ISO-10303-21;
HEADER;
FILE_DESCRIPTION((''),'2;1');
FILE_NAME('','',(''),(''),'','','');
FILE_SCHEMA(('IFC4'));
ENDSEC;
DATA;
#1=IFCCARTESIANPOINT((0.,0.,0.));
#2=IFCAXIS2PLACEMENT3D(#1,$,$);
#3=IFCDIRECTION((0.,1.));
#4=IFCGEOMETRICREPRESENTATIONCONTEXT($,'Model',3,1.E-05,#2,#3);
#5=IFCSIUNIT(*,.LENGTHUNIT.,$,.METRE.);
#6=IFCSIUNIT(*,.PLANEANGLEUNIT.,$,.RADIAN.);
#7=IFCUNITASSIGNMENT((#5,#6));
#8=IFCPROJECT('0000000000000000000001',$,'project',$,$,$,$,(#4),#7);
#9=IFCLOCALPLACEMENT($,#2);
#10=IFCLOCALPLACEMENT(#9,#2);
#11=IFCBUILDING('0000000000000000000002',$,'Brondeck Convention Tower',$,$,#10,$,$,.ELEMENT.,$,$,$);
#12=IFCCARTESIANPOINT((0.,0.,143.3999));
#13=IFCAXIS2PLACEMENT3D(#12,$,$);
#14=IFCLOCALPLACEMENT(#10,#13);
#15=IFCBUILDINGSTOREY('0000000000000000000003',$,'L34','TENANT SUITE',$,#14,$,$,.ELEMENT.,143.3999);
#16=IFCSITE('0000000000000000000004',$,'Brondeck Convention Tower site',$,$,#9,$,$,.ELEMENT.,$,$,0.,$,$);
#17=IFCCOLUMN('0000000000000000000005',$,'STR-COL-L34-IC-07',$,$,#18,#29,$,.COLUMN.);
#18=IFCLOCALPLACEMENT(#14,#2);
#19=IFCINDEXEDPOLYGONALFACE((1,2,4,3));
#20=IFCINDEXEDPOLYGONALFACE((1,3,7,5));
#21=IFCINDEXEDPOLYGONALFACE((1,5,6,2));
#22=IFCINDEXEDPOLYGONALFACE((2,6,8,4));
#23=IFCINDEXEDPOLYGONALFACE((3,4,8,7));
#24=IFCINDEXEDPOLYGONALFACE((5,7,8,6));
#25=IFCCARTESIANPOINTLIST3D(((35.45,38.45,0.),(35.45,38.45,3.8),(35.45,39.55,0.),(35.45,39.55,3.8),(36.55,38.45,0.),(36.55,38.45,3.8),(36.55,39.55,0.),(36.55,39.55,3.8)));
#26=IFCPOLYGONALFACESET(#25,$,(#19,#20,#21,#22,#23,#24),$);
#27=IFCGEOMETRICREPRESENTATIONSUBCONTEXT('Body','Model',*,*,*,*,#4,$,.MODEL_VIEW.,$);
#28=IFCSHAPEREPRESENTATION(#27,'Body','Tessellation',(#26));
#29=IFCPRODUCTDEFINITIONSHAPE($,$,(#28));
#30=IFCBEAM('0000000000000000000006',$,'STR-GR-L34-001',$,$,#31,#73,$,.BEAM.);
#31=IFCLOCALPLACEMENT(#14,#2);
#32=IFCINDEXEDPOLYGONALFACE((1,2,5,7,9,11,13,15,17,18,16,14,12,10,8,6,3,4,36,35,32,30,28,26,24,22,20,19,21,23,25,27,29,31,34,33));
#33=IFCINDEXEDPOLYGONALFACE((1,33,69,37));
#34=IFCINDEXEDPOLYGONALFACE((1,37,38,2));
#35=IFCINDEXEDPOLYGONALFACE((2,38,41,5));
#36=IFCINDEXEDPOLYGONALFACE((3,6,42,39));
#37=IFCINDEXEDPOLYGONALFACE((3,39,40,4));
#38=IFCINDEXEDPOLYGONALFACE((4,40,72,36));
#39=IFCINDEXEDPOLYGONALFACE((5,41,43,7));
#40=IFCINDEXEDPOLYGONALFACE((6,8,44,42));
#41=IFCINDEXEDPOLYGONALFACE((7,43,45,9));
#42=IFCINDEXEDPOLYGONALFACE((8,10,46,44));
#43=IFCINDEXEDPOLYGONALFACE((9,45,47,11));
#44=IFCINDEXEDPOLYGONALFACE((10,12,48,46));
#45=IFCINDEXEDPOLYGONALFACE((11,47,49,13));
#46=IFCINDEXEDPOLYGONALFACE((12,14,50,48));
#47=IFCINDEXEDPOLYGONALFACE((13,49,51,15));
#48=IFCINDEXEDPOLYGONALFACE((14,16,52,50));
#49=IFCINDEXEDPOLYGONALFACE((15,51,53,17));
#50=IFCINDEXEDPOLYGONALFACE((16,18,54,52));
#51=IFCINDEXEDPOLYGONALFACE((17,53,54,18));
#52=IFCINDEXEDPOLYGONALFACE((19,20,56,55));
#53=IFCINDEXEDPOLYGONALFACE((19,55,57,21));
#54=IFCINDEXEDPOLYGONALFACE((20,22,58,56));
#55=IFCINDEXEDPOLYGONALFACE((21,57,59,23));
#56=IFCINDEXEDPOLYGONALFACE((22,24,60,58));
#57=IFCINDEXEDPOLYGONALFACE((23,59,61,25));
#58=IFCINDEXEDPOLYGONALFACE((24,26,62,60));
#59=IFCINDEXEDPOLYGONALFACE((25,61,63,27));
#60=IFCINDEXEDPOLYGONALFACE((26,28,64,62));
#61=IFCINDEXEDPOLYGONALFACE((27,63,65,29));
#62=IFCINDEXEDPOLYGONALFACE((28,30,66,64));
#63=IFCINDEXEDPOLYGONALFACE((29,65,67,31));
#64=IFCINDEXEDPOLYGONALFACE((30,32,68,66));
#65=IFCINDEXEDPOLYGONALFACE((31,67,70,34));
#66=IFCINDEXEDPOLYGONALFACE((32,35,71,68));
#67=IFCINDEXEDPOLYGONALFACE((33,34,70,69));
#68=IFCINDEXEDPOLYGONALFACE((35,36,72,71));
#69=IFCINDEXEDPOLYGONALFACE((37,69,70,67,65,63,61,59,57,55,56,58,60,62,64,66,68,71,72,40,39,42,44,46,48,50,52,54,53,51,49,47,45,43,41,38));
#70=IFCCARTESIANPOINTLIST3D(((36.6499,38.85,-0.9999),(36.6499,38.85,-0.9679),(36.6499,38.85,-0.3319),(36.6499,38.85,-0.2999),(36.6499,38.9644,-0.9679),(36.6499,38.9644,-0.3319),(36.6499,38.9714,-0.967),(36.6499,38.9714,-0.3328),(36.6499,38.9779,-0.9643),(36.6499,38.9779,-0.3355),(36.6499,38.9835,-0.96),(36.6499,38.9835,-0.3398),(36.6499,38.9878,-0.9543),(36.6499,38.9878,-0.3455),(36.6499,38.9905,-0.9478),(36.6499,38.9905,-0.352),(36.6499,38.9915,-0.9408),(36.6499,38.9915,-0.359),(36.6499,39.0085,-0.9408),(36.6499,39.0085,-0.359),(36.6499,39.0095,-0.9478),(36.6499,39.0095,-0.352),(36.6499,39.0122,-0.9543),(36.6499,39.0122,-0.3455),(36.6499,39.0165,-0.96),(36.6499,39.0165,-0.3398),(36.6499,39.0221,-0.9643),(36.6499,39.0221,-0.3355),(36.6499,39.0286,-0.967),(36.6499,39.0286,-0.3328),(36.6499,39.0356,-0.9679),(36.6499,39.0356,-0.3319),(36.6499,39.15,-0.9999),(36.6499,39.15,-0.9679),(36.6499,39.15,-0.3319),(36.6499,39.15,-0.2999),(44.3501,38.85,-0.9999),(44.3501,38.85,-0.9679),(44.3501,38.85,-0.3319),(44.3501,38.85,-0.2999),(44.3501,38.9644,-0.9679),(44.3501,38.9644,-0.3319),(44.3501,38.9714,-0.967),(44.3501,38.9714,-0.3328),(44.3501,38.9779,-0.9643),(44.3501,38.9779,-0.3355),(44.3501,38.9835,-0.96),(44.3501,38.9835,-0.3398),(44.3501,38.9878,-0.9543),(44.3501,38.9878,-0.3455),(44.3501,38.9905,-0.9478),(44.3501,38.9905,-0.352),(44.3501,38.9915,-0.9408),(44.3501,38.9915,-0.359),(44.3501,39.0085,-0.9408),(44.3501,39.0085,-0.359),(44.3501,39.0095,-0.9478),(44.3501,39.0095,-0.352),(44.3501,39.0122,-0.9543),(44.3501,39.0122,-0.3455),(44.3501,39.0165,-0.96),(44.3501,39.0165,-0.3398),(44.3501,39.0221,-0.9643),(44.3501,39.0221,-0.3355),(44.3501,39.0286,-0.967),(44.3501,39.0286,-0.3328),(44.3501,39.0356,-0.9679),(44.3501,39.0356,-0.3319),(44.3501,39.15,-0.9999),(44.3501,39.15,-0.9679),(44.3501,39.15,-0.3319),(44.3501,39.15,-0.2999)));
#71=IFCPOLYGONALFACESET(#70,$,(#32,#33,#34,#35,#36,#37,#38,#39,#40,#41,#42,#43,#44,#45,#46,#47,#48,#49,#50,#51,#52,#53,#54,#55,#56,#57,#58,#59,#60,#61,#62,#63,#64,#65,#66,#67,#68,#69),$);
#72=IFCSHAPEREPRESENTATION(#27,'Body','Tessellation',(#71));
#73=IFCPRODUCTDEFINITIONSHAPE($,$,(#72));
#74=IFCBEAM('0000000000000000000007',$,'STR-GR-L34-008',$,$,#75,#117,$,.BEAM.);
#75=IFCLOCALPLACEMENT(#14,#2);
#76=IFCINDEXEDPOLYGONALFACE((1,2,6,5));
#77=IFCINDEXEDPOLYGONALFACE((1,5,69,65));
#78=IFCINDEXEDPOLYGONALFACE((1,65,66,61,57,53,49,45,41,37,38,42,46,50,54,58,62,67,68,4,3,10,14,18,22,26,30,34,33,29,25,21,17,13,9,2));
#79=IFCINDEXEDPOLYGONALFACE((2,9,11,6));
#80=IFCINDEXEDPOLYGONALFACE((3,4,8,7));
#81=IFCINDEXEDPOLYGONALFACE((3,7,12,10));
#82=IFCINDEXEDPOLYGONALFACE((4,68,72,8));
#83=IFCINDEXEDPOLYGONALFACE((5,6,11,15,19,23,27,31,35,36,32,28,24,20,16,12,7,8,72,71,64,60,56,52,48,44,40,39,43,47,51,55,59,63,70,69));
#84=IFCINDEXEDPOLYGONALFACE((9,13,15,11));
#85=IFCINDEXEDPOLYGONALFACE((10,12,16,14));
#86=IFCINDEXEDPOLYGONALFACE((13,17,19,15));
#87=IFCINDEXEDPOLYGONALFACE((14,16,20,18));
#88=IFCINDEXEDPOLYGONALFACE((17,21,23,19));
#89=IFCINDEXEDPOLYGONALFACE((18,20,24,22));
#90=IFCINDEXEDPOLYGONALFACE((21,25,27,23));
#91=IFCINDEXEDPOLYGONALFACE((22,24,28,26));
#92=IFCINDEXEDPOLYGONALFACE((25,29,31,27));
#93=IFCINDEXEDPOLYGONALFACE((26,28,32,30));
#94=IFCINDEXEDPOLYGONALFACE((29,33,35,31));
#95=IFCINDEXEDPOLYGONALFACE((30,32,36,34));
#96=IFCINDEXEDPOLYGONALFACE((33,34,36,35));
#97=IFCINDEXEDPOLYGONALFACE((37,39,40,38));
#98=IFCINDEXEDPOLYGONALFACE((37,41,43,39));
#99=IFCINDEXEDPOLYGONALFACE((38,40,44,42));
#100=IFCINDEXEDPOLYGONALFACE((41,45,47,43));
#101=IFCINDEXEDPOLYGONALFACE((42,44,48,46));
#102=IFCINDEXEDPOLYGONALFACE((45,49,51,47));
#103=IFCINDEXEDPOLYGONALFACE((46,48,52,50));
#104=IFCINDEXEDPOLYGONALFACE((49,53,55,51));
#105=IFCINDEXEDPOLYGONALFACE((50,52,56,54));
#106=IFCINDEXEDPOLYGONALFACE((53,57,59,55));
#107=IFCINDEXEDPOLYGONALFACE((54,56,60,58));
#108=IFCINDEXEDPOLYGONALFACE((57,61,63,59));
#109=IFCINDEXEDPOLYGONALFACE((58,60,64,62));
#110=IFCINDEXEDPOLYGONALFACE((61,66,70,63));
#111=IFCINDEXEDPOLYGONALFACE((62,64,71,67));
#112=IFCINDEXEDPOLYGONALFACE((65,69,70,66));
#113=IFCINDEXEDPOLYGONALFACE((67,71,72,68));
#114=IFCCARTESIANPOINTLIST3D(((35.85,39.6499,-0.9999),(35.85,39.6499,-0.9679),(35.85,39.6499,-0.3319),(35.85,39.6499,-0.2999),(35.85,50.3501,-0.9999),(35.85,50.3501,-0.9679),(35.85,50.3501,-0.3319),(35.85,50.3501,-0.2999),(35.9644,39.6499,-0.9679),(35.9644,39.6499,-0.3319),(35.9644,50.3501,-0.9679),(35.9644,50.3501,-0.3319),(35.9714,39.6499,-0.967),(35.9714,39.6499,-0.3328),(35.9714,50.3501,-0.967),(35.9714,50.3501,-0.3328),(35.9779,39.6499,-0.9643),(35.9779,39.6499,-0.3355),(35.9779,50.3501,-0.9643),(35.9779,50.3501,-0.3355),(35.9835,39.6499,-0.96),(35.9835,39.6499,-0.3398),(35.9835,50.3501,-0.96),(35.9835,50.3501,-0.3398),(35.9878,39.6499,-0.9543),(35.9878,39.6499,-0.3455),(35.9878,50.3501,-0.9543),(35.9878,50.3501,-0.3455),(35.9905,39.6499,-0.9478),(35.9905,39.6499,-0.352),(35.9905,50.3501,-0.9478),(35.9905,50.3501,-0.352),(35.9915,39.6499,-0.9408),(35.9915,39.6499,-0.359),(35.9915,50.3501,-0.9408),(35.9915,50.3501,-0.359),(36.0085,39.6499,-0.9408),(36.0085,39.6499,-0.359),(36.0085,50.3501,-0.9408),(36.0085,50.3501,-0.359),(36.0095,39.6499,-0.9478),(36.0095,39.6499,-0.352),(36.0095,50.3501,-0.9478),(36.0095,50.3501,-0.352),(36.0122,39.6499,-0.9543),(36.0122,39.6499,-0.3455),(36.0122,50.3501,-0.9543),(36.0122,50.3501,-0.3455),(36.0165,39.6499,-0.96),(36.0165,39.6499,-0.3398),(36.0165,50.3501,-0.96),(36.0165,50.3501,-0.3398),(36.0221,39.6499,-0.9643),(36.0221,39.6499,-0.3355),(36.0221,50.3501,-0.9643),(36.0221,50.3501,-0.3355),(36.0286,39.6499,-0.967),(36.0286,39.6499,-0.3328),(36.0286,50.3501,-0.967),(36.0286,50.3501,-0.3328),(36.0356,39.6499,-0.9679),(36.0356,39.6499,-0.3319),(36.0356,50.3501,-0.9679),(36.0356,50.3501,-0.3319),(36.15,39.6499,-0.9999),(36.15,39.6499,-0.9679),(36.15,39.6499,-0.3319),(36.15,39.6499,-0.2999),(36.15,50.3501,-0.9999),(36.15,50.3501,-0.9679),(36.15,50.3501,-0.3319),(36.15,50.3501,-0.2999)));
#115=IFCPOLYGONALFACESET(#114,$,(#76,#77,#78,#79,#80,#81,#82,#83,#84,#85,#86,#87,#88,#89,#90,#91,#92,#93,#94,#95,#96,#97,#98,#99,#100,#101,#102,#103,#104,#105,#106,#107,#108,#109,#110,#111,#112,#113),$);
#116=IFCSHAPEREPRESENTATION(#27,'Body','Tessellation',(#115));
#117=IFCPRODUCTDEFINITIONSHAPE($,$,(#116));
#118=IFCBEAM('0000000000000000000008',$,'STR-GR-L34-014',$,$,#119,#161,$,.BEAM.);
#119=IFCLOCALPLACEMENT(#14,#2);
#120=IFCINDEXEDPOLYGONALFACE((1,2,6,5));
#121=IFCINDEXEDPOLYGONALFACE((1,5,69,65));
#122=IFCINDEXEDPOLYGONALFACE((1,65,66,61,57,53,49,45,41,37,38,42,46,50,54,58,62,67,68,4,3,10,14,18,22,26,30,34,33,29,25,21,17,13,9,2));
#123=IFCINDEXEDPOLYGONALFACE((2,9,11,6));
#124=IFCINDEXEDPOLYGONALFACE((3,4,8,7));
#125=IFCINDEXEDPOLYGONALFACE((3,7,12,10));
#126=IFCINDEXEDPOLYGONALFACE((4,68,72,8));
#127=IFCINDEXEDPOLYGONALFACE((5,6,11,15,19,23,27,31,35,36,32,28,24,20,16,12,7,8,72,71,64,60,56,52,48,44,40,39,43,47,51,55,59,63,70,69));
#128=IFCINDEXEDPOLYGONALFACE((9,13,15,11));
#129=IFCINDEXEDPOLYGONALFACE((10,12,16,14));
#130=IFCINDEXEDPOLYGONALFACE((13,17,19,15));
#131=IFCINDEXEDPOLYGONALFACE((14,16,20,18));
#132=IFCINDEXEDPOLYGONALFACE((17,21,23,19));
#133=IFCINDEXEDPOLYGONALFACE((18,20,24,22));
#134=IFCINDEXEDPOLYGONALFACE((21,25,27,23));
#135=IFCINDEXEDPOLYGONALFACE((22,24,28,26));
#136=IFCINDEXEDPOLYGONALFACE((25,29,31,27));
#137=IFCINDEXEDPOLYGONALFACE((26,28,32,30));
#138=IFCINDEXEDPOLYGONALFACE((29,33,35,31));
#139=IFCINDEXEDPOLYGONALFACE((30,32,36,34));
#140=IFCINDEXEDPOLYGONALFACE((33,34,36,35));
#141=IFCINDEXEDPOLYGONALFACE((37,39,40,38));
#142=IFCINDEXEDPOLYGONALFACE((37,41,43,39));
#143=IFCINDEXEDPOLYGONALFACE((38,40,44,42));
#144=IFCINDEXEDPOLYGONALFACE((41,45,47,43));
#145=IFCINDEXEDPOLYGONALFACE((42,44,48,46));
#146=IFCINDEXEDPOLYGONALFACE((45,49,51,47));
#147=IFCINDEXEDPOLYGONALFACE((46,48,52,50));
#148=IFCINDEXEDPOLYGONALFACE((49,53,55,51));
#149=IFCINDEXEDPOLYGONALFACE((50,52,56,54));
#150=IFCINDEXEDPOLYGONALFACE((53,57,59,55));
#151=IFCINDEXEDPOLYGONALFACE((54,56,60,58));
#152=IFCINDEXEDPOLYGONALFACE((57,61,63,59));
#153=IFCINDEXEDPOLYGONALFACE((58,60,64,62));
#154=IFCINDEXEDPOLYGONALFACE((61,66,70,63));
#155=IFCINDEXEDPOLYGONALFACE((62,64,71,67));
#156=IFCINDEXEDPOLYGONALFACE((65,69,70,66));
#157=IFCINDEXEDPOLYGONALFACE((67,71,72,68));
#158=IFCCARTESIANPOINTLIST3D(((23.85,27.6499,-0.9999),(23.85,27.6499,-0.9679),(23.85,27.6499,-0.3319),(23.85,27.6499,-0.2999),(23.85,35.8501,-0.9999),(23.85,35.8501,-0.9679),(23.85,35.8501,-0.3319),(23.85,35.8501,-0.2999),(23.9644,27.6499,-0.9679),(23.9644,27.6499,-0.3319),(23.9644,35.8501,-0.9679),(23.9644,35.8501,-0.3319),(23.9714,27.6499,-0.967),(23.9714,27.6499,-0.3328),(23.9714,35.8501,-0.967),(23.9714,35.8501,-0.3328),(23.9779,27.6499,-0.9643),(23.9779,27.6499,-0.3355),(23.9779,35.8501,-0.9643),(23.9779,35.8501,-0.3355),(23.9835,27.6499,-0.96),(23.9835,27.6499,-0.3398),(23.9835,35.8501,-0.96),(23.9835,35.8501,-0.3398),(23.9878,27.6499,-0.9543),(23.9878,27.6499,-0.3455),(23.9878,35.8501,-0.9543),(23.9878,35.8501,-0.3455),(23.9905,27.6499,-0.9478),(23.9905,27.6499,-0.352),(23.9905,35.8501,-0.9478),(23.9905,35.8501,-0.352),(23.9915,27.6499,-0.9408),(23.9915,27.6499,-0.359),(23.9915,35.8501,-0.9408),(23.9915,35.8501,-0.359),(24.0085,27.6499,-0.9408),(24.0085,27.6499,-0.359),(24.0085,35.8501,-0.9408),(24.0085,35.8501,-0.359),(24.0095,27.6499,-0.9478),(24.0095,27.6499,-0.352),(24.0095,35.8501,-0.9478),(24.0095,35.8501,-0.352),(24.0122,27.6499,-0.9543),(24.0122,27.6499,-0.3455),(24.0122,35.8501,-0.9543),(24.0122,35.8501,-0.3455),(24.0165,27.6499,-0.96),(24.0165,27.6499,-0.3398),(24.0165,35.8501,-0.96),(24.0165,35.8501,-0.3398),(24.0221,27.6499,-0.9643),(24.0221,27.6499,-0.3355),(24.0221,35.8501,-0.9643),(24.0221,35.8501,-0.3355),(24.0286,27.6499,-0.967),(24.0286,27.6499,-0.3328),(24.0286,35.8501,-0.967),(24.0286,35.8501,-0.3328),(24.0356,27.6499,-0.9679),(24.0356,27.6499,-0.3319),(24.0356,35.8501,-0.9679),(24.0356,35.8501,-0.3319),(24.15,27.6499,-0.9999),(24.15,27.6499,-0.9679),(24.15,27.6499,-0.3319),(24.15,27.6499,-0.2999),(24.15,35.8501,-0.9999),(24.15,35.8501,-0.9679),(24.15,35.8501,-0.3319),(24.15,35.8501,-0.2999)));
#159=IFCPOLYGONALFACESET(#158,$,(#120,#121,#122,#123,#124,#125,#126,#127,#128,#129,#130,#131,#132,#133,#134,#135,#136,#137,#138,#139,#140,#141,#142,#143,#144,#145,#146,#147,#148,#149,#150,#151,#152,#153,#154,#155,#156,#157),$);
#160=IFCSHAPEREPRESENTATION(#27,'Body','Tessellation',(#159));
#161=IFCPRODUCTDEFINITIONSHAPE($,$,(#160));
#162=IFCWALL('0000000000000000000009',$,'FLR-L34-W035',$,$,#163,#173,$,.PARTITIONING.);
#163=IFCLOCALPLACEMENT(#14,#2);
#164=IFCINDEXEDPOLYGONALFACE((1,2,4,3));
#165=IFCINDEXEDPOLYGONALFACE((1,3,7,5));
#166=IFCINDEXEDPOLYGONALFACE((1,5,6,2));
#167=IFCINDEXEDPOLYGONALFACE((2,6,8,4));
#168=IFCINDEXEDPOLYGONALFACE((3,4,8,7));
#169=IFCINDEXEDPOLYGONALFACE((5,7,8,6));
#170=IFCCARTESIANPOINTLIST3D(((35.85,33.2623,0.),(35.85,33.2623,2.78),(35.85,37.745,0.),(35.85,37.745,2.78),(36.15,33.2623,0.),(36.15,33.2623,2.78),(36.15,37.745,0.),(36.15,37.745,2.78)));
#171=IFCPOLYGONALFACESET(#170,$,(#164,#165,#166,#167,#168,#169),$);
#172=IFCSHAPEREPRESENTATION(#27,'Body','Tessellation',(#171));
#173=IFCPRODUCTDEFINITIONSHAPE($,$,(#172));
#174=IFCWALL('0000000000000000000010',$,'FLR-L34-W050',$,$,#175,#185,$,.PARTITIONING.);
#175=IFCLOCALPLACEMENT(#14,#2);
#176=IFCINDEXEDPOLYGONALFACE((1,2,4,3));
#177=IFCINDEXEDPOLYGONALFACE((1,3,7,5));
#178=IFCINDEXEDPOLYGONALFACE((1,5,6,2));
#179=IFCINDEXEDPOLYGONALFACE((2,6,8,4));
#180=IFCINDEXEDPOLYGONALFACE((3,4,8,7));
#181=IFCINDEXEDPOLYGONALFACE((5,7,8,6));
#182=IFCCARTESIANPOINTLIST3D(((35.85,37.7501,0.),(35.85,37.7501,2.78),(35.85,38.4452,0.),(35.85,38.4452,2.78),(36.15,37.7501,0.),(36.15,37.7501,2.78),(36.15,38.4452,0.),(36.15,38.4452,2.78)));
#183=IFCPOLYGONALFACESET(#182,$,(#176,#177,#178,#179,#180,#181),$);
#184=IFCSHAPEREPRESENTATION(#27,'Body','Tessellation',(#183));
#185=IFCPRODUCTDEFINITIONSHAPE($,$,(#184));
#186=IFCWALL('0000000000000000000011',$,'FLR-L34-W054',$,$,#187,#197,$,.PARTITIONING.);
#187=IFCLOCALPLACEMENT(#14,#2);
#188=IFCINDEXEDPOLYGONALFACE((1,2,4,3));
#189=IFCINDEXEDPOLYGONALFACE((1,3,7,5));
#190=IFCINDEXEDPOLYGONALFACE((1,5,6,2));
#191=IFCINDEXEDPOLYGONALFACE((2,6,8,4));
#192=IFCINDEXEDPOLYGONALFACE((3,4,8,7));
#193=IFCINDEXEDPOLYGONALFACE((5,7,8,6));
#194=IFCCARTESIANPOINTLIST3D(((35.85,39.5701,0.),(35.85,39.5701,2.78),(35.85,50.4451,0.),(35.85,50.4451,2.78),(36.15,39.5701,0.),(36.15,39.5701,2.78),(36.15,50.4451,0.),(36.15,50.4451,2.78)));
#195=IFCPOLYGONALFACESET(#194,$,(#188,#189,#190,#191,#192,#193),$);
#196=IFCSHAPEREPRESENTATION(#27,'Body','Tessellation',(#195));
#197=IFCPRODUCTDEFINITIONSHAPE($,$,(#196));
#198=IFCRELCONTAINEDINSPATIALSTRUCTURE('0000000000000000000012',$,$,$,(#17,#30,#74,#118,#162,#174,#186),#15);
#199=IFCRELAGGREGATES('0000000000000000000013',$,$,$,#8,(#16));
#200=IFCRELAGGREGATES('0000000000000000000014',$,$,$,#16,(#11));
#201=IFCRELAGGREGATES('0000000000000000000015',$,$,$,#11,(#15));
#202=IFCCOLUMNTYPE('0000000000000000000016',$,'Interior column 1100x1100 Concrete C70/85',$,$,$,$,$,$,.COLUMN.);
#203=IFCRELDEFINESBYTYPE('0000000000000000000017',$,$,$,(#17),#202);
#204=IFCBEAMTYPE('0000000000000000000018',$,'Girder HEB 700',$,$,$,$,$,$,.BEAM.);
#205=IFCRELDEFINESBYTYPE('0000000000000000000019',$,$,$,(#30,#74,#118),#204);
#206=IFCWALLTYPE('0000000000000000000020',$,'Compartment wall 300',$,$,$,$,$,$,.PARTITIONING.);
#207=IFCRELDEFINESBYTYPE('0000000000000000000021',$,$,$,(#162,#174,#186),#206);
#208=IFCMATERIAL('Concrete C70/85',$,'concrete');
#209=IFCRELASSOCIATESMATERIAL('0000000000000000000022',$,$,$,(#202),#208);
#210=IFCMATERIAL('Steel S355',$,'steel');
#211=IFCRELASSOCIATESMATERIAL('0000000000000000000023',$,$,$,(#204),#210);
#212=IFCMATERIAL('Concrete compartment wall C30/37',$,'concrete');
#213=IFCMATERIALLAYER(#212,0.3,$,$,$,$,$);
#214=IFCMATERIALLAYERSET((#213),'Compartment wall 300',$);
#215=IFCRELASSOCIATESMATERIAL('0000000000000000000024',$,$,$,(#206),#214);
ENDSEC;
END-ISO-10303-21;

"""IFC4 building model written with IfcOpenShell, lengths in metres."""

from ifc_helpers import new_model, si_unit, direction, frame, frame_2d, origin, origin_2d, place, context, subcontext, project, spatial, rectangle, i_section, extrude, material, layer, layer_set, material_profile, profile_set, type_object, element, save


model = new_model("IFC4")

# Units and contexts
model_context = context("Model", 3, precision=1e-05, world=origin(), true_north=direction((0.0, 1.0)))
body_context = subcontext(model_context, "Body", "Model", "MODEL_VIEW")
ifc_project = project(units=[si_unit("LENGTHUNIT", "METRE"), si_unit("PLANEANGLEUNIT", "RADIAN")], contexts=[model_context])

# Site, building, storey
site_placement = place(None, origin())
site = spatial("IfcSite", under=ifc_project, at=site_placement, Name="Brondeck Convention Tower site", CompositionType="ELEMENT", RefElevation=0.0)
building_placement = place(site_placement, origin())
building = spatial("IfcBuilding", under=site, at=building_placement, Name="Brondeck Convention Tower", CompositionType="ELEMENT")
storey_placement = place(building_placement, frame((0.0, 0.0, 143.3999)))
storey = spatial("IfcBuildingStorey", under=building, at=storey_placement, Name="L34", Description="TENANT SUITE", CompositionType="ELEMENT", Elevation=143.3999)

# Column
ifc_material_1 = material(Name="Concrete C70/85", Category="concrete")
ifc_material_profile_1 = material_profile(ifc_material_1, rectangle(XDim=1.1001, YDim=1.1001, at=origin_2d()), Name="Interior column 1100x1100 Concrete C70/85")
ifc_profile_set_1 = profile_set([ifc_material_profile_1], Name="Concrete C70/85")
column_type = type_object("IfcColumnType", Name="Interior column 1100x1100 Concrete C70/85", PredefinedType="COLUMN", material=ifc_profile_set_1)
column_placement = place(storey_placement, frame((36.0, 39.0, 0.0), z_axis=(0.0, 0.0, 1.0), x_axis=(1.0, 0.0, 0.0)))
element("IfcColumn", 1, at=column_placement, inside=storey, type_object=column_type, Name="STR-COL-L34-IC-07", PredefinedType="COLUMN", context=body_context, shape_type="SweptSolid", body=[
    extrude(rectangle(XDim=1.1001, YDim=1.1001, at=origin_2d()), origin(), (0.0, 0.0, 1.0), 3.8),
])

# Beams
ifc_material_2 = material(Name="Steel S355", Category="steel")
ifc_material_profile_2 = material_profile(ifc_material_2, i_section(OverallWidth=0.3, OverallDepth=0.7, WebThickness=0.0171, FlangeThickness=0.032, FilletRadius=0.0271, at=origin_2d()), Name="HEB 700")
ifc_profile_set_2 = profile_set([ifc_material_profile_2], Name="Steel S355")
beam_type = type_object("IfcBeamType", Name="Girder HEB 700", PredefinedType="BEAM", material=ifc_profile_set_2)
beam_1_placement = place(storey_placement, frame((36.6499, 39.0, -0.6499), z_axis=(1.0, 0.0, 0.0), x_axis=(0.0, 1.0, 0.0)))
element("IfcBeam", 2, at=beam_1_placement, inside=storey, type_object=beam_type, Name="STR-GR-L34-001", PredefinedType="BEAM", context=body_context, shape_type="SweptSolid", body=[
    extrude(i_section(OverallWidth=0.3, OverallDepth=0.7, WebThickness=0.0171, FlangeThickness=0.032, FilletRadius=0.0271, at=origin_2d()), origin(), (0.0, 0.0, 1.0), 7.7002),
])
beam_2_placement = place(storey_placement, frame((36.0, 39.6499, -0.6499), z_axis=(0.0, 1.0, 0.0), x_axis=(-1.0, 0.0, 0.0)))
element("IfcBeam", 3, at=beam_2_placement, inside=storey, type_object=beam_type, Name="STR-GR-L34-008", PredefinedType="BEAM", context=body_context, shape_type="SweptSolid", body=[
    extrude(i_section(OverallWidth=0.3, OverallDepth=0.7, WebThickness=0.0171, FlangeThickness=0.032, FilletRadius=0.0271, at=origin_2d()), origin(), (0.0, 0.0, 1.0), 10.7002),
])
beam_3_placement = place(storey_placement, frame((24.0, 35.8501, -0.6499), z_axis=(0.0, -1.0, 0.0), x_axis=(1.0, 0.0, 0.0)))
element("IfcBeam", 4, at=beam_3_placement, inside=storey, type_object=beam_type, Name="STR-GR-L34-014", PredefinedType="BEAM", context=body_context, shape_type="SweptSolid", body=[
    extrude(i_section(OverallWidth=0.3, OverallDepth=0.7, WebThickness=0.0171, FlangeThickness=0.032, FilletRadius=0.0271, at=origin_2d()), origin(), (0.0, 0.0, 1.0), 8.2002),
])

# Walls
ifc_material_3 = material(Name="Concrete compartment wall C30/37", Category="concrete")
ifc_layer_1 = layer(ifc_material_3, 0.3)
ifc_layer_set_1 = layer_set([ifc_layer_1], Name="Compartment wall 300")
wall_type_1 = type_object("IfcWallType", Name="Compartment wall 300", PredefinedType="PARTITIONING", material=ifc_layer_set_1)
wall_1_placement = place(storey_placement, frame((36.0, 33.2625, 0.0), z_axis=(0.0, 0.0, 1.0), x_axis=(0.0, 1.0, 0.0)))
element("IfcWall", 5, at=wall_1_placement, inside=storey, type_object=wall_type_1, Name="FLR-L34-W035", PredefinedType="PARTITIONING", context=body_context, shape_type="SweptSolid", body=[
    extrude(rectangle(XDim=4.4827, YDim=0.3, at=frame_2d((2.2412, 0.0))), origin(), (0.0, 0.0, 1.0), 2.78),
])
wall_2_placement = place(storey_placement, frame((36.0, 37.75, 0.0), z_axis=(0.0, 0.0, 1.0), x_axis=(0.0, 1.0, 0.0)))
element("IfcWall", 6, at=wall_2_placement, inside=storey, type_object=wall_type_1, Name="FLR-L34-W050", PredefinedType="PARTITIONING", context=body_context, shape_type="SweptSolid", body=[
    extrude(rectangle(XDim=0.6951, YDim=0.3, at=frame_2d((0.3477, 0.0))), origin(), (0.0, 0.0, 1.0), 2.78),
])
wall_3_placement = place(storey_placement, frame((36.0, 39.5701, 0.0), z_axis=(0.0, 0.0, 1.0), x_axis=(0.0, 1.0, 0.0)))
element("IfcWall", 7, at=wall_3_placement, inside=storey, type_object=wall_type_1, Name="FLR-L34-W054", PredefinedType="PARTITIONING", context=body_context, shape_type="SweptSolid", body=[
    extrude(rectangle(XDim=10.875, YDim=0.3, at=frame_2d((5.4375, 0.0))), origin(), (0.0, 0.0, 1.0), 2.78),
])

save(model, "model.ifc")
